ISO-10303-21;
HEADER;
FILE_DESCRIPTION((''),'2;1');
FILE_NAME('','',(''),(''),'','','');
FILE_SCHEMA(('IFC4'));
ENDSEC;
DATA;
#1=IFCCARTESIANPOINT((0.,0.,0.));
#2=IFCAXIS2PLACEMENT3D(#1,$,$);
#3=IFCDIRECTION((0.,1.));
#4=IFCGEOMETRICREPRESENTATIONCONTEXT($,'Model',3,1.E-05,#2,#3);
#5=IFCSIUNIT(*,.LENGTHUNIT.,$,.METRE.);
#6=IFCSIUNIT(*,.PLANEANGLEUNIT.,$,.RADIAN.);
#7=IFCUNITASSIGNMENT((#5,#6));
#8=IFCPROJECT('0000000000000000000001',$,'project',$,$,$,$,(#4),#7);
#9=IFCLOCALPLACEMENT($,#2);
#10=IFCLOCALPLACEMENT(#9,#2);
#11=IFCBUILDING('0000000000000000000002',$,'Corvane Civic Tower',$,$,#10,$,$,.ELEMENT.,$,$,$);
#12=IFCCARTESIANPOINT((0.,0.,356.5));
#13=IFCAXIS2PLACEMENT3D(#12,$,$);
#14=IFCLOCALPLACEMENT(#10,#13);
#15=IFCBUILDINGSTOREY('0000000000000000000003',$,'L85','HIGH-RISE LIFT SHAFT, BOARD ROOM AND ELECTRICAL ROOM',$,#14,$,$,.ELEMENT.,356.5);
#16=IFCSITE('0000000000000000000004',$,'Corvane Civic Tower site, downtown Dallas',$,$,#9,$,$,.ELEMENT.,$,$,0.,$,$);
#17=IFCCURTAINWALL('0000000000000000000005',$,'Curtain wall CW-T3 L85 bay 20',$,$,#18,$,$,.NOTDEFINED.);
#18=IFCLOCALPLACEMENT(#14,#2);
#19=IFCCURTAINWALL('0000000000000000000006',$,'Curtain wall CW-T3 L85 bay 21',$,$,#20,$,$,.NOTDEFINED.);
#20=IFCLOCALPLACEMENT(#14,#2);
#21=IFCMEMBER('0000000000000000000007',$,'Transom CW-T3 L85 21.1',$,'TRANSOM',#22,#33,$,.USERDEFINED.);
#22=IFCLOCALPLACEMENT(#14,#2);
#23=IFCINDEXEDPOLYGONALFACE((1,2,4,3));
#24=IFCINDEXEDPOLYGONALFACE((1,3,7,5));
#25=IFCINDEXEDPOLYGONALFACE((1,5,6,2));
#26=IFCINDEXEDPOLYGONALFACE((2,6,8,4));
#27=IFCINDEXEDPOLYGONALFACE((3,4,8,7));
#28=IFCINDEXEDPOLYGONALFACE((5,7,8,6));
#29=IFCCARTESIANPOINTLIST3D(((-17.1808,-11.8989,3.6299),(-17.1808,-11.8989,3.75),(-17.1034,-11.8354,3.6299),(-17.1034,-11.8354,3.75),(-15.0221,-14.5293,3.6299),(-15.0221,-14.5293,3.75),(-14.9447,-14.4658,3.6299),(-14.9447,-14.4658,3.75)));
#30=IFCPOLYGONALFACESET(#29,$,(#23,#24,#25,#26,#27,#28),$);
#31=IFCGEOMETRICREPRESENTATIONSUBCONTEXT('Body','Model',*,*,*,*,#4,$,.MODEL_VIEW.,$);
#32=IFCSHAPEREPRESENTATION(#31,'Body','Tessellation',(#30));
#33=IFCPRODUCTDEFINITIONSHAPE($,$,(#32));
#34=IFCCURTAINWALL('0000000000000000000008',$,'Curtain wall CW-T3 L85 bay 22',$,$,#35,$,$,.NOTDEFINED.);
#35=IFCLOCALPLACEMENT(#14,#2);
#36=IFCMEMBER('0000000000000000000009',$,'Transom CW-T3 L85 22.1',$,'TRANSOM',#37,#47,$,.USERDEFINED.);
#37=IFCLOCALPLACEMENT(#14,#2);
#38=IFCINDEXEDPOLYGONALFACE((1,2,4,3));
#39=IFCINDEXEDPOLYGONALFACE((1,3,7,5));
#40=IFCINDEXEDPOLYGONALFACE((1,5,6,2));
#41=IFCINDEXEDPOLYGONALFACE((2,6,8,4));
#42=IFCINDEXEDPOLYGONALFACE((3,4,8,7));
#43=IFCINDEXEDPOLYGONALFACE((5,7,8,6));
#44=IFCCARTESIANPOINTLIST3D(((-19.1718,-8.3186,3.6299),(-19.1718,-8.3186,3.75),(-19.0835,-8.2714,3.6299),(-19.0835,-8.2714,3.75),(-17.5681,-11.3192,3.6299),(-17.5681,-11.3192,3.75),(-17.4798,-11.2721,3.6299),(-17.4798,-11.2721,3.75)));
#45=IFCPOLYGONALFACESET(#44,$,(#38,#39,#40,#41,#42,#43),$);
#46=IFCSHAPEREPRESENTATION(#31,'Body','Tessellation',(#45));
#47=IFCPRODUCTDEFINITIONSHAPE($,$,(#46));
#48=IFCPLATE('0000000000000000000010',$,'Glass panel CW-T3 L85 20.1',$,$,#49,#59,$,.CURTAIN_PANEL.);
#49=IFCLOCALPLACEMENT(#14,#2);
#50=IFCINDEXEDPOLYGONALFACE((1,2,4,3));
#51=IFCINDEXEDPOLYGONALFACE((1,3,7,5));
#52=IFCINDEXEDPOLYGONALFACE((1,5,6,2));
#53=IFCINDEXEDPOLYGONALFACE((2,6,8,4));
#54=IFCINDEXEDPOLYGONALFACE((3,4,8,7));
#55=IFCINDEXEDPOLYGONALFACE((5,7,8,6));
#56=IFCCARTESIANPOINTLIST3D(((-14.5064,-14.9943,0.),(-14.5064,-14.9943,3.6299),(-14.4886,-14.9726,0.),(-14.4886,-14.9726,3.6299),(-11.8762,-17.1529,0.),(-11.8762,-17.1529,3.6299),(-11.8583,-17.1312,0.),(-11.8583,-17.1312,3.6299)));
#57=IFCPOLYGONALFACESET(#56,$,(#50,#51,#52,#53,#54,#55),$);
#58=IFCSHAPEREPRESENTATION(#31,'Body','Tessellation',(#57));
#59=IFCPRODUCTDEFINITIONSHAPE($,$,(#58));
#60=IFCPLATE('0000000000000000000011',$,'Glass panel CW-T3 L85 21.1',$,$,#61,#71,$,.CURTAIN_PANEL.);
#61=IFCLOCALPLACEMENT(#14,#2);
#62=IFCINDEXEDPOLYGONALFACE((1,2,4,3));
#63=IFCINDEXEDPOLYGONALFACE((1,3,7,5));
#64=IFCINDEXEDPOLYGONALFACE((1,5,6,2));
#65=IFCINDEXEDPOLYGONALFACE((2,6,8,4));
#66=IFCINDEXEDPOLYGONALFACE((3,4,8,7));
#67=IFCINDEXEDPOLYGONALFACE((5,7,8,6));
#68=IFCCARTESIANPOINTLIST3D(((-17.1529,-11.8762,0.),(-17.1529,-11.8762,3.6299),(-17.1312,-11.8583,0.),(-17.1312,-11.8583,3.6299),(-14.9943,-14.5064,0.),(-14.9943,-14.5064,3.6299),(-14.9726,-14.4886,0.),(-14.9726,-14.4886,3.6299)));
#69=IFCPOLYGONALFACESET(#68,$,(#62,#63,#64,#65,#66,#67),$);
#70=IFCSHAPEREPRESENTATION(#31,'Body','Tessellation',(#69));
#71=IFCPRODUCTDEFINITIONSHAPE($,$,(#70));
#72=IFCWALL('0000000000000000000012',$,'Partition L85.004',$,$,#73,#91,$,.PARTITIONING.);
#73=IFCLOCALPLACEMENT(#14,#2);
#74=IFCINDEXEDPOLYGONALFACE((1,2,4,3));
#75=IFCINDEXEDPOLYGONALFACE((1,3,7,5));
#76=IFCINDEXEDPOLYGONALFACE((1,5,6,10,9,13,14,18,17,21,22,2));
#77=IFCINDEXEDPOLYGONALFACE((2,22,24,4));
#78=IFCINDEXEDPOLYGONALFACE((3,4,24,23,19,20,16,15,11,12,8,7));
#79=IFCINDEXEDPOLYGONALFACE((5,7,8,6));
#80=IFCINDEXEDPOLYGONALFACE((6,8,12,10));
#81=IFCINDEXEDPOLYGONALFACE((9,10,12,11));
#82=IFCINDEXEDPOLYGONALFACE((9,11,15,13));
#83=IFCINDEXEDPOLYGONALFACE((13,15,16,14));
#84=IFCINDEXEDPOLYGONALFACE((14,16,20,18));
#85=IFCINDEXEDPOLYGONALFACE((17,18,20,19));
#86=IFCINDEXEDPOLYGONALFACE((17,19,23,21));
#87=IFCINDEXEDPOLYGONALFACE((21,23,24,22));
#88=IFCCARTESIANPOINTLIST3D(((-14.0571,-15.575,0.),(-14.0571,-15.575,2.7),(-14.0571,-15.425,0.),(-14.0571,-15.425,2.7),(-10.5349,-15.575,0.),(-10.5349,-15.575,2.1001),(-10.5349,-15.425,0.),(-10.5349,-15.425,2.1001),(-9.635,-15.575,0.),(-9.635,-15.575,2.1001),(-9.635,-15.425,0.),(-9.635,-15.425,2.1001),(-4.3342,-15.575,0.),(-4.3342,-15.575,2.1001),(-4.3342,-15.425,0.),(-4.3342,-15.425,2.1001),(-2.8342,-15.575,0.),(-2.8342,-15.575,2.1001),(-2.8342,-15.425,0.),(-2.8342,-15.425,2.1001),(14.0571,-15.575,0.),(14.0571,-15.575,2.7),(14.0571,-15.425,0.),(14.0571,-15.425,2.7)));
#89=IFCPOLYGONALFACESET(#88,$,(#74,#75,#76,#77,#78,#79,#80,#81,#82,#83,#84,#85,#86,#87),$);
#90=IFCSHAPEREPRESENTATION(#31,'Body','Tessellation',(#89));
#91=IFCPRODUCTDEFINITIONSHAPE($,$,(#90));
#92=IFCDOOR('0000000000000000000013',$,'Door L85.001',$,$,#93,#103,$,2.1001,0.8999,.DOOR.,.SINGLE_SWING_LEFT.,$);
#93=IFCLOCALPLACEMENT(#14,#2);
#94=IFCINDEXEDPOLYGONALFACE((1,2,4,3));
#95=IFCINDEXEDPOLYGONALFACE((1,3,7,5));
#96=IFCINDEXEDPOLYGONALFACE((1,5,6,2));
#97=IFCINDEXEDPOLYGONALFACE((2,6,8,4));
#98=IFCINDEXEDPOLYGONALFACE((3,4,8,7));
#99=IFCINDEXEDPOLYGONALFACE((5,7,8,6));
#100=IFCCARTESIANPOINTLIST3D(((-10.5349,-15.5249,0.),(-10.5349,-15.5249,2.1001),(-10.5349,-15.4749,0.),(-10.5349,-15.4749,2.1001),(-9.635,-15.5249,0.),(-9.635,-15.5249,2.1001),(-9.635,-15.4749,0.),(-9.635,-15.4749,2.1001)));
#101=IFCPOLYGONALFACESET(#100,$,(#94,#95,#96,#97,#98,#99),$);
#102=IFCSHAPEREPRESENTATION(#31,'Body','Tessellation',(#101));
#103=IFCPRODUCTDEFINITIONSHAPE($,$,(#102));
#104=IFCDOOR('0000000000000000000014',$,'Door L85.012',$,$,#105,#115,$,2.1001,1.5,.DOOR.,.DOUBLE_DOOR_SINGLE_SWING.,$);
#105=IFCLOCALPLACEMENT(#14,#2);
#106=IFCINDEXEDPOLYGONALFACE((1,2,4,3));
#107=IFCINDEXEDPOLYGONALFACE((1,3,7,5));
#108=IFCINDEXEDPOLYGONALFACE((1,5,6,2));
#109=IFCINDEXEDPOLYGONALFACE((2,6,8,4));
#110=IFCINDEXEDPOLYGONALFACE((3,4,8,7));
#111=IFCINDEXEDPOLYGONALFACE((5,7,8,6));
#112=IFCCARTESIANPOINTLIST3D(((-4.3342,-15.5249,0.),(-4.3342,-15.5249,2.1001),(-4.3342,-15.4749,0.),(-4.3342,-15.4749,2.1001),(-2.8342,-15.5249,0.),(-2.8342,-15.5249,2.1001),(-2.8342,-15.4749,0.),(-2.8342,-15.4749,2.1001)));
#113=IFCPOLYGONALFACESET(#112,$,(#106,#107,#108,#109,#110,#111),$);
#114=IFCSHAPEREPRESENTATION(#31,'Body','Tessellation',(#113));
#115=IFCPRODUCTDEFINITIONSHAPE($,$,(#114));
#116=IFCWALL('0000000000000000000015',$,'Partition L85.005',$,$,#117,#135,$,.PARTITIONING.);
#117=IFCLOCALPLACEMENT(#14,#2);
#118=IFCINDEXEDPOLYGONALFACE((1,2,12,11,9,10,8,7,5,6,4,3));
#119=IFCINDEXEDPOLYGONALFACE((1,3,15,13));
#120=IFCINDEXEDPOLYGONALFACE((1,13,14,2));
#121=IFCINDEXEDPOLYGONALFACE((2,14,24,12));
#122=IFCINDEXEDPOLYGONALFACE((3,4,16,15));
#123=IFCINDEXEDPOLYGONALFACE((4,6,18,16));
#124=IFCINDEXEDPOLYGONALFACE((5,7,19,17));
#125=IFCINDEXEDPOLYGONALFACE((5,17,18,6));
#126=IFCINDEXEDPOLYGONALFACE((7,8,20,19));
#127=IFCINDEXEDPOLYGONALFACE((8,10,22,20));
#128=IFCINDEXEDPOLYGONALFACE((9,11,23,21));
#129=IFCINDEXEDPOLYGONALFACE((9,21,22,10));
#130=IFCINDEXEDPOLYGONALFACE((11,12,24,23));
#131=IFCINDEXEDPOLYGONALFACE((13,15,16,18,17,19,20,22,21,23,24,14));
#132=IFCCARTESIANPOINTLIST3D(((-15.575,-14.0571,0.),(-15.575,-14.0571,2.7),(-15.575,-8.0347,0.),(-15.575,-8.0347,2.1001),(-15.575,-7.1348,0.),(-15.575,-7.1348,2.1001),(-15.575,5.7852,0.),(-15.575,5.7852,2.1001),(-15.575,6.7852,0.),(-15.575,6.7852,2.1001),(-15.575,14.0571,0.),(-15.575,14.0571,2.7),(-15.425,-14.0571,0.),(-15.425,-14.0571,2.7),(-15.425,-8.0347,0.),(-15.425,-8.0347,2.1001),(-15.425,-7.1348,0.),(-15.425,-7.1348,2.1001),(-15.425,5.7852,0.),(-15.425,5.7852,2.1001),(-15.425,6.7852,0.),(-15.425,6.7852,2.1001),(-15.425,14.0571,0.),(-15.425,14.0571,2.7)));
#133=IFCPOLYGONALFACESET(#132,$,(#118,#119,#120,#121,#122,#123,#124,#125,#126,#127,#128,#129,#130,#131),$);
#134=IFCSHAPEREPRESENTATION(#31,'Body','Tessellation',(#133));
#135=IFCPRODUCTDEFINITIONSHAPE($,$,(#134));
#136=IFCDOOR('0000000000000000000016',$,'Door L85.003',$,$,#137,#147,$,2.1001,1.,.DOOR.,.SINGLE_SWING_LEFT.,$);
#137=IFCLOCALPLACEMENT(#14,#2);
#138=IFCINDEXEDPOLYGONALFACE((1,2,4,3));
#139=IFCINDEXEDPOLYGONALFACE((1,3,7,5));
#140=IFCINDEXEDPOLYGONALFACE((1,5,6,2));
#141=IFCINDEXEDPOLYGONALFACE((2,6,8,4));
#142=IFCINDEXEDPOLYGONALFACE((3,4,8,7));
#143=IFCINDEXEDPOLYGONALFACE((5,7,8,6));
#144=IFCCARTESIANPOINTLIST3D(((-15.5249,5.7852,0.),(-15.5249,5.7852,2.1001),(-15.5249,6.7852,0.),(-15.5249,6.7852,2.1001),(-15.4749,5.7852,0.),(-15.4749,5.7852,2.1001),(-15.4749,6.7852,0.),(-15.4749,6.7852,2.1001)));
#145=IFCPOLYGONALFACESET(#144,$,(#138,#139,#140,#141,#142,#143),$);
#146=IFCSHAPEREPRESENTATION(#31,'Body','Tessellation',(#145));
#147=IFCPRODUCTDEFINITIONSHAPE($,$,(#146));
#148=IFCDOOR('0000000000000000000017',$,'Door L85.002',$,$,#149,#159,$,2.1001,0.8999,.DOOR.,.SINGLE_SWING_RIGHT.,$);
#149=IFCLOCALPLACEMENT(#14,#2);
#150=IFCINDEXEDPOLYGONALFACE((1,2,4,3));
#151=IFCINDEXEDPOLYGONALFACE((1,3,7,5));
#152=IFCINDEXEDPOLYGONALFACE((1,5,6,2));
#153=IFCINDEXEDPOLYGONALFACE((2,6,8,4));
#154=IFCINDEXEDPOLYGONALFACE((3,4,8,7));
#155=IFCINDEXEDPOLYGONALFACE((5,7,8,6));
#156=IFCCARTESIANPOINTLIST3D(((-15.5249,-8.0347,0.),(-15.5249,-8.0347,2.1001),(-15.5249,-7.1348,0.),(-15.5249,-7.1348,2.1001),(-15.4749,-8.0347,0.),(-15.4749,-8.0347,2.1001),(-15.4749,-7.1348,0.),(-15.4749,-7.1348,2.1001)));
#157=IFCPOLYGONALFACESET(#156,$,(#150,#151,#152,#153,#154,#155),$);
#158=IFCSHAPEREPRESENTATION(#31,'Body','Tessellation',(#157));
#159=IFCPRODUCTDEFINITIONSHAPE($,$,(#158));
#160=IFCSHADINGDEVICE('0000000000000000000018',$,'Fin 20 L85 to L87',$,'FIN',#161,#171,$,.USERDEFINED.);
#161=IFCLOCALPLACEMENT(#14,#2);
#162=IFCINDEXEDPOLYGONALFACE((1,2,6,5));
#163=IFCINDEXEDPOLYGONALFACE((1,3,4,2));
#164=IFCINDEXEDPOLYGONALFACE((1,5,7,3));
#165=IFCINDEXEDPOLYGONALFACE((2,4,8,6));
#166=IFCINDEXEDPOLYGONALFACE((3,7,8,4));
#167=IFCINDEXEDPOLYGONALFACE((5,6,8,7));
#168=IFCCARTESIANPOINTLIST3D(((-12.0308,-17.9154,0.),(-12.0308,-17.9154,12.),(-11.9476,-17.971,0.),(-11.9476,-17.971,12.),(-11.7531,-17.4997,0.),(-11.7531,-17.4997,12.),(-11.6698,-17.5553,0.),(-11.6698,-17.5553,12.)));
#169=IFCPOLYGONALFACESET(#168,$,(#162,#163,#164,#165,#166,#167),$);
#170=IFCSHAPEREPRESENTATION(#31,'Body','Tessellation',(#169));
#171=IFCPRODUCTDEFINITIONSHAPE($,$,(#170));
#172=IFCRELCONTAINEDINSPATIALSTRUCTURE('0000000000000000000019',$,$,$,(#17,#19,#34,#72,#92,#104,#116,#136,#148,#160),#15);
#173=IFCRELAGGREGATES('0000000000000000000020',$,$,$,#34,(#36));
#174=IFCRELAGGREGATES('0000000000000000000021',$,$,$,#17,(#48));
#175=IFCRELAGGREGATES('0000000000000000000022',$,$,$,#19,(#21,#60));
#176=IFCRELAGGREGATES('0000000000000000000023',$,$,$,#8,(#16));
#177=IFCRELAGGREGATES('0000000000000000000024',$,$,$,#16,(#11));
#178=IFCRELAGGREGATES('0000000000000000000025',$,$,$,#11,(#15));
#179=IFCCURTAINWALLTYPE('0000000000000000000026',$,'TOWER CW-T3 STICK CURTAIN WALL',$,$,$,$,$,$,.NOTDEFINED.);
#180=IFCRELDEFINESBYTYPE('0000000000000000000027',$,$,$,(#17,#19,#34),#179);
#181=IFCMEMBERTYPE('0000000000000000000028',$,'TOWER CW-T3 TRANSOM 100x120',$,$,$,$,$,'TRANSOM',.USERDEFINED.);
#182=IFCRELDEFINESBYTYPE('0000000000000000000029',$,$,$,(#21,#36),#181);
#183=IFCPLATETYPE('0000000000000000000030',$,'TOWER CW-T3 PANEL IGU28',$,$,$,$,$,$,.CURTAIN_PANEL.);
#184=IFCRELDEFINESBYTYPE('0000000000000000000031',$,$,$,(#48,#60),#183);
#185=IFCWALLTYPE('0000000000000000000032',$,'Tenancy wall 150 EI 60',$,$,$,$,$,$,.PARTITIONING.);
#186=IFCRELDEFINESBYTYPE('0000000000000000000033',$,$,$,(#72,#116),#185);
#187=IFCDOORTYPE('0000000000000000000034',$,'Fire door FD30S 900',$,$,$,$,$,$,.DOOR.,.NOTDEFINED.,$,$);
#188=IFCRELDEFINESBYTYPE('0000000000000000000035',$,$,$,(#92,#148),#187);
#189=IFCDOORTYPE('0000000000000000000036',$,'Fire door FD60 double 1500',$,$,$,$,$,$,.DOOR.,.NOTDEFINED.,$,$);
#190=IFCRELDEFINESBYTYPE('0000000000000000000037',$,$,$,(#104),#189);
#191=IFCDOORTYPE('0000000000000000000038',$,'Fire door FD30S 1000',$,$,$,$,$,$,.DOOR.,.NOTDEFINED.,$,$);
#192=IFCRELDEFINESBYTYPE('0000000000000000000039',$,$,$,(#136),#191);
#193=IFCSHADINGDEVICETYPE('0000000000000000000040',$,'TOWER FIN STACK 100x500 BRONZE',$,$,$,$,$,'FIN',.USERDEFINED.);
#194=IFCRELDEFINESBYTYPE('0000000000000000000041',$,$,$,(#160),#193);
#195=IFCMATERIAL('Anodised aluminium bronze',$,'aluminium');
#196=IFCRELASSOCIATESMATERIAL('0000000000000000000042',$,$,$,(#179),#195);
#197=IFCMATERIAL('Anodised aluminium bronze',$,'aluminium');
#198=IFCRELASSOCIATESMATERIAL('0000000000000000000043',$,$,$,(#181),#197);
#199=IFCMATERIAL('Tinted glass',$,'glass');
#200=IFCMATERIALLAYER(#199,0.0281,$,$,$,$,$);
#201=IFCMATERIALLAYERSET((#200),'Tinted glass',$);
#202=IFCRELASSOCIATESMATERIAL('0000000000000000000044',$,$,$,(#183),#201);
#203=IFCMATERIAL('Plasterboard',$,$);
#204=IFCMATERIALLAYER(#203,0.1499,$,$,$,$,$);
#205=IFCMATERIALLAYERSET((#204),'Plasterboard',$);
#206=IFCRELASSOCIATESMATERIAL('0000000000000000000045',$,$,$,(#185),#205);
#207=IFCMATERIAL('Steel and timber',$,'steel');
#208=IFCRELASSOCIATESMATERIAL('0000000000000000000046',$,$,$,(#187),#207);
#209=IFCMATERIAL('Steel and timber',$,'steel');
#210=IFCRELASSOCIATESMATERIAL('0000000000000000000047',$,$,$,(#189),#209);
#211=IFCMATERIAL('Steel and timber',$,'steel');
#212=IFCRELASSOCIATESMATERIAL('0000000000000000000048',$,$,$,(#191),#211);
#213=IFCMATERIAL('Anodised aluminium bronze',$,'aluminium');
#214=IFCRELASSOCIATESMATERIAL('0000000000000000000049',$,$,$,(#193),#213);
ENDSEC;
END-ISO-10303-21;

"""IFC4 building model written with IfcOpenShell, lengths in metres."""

from ifc_helpers import new_model, si_unit, direction, frame, frame_2d, origin, origin_2d, place, context, subcontext, project, spatial, rectangle, extrude, material, layer, layer_set, material_profile, profile_set, type_object, element, fill, aggregate, save


model = new_model("IFC4")

# Units and contexts
model_context = context("Model", 3, precision=1e-05, world=origin(), true_north=direction((0.0, 1.0)))
body_context = subcontext(model_context, "Body", "Model", "MODEL_VIEW")
ifc_project = project(units=[si_unit("LENGTHUNIT", "METRE"), si_unit("PLANEANGLEUNIT", "RADIAN")], contexts=[model_context])

# Site, building, storey
site_placement = place(None, origin())
site = spatial("IfcSite", under=ifc_project, at=site_placement, Name="Corvane Civic Tower site, downtown Dallas", CompositionType="ELEMENT", RefElevation=0.0)
building_placement = place(site_placement, origin())
building = spatial("IfcBuilding", under=site, at=building_placement, Name="Corvane Civic Tower", CompositionType="ELEMENT")
storey_placement = place(building_placement, frame((0.0, 0.0, 356.5)))
storey = spatial("IfcBuildingStorey", under=building, at=storey_placement, Name="L85", Description="HIGH-RISE LIFT SHAFT, BOARD ROOM AND ELECTRICAL ROOM", CompositionType="ELEMENT", Elevation=356.5)

# Curtain walls, members
ifc_material_1 = material(Name="Anodised aluminium bronze", Category="aluminium")
curtain_wall_type = type_object("IfcCurtainWallType", Name="TOWER CW-T3 STICK CURTAIN WALL", PredefinedType="NOTDEFINED", material=ifc_material_1)
curtain_wall_1_placement = place(storey_placement, origin())
curtain_wall_1 = element("IfcCurtainWall", 1, at=curtain_wall_1_placement, inside=storey, type_object=curtain_wall_type, Name="Curtain wall CW-T3 L85 bay 20", PredefinedType="NOTDEFINED")
ifc_material_2 = material(Name="Anodised aluminium bronze", Category="aluminium")
ifc_material_profile_1 = material_profile(ifc_material_2, rectangle(XDim=0.1001, YDim=0.1201, at=origin_2d()), Name="TOWER CW-T3 TRANSOM 100x120")
ifc_profile_set_1 = profile_set([ifc_material_profile_1], Name="Anodised aluminium bronze")
member_type = type_object("IfcMemberType", Name="TOWER CW-T3 TRANSOM 100x120", ElementType="TRANSOM", PredefinedType="USERDEFINED", material=ifc_profile_set_1)
curtain_wall_2_placement = place(storey_placement, origin())
curtain_wall_2 = element("IfcCurtainWall", 2, at=curtain_wall_2_placement, inside=storey, type_object=curtain_wall_type, Name="Curtain wall CW-T3 L85 bay 21", PredefinedType="NOTDEFINED")
member_1_placement = place(storey_placement, frame((-14.9834, -14.4976, 3.6899), z_axis=(-0.634394, 0.77301, 0.0), x_axis=(-0.77301, -0.634394, 0.0)))
member_1 = element("IfcMember", 3, at=member_1_placement, type_object=member_type, Name="Transom CW-T3 L85 21.1", ObjectType="TRANSOM", PredefinedType="USERDEFINED", context=body_context, shape_type="SweptSolid", body=[
    extrude(rectangle(XDim=0.1001, YDim=0.1201, at=origin_2d()), origin(), (0.0, 0.0, 1.0), 3.4028),
])
curtain_wall_3_placement = place(storey_placement, origin())
curtain_wall_3 = element("IfcCurtainWall", 4, at=curtain_wall_3_placement, inside=storey, type_object=curtain_wall_type, Name="Curtain wall CW-T3 L85 bay 22", PredefinedType="NOTDEFINED")
member_2_placement = place(storey_placement, frame((-17.5239, -11.2957, 3.6899), z_axis=(-0.471359, 0.881941, 0.0), x_axis=(-0.881941, -0.471359, 0.0)))
member_2 = element("IfcMember", 5, at=member_2_placement, type_object=member_type, Name="Transom CW-T3 L85 22.1", ObjectType="TRANSOM", PredefinedType="USERDEFINED", context=body_context, shape_type="SweptSolid", body=[
    extrude(rectangle(XDim=0.1001, YDim=0.1201, at=origin_2d()), origin(), (0.0, 0.0, 1.0), 3.4023),
])
aggregate(curtain_wall_3, [member_2])

# Plates
ifc_material_3 = material(Name="Tinted glass", Category="glass")
ifc_layer_1 = layer(ifc_material_3, 0.0281)
ifc_layer_set_1 = layer_set([ifc_layer_1], Name="Tinted glass")
plate_type = type_object("IfcPlateType", Name="TOWER CW-T3 PANEL IGU28", PredefinedType="CURTAIN_PANEL", material=ifc_layer_set_1)
plate_1_placement = place(storey_placement, frame((-13.1824, -16.0627, 0.0), z_axis=(0.0, 0.0, 1.0), x_axis=(-0.77301, 0.634393, 0.0)))
plate_1 = element("IfcPlate", 6, at=plate_1_placement, type_object=plate_type, Name="Glass panel CW-T3 L85 20.1", PredefinedType="CURTAIN_PANEL", context=body_context, shape_type="SweptSolid", body=[
    extrude(rectangle(XDim=3.4026, YDim=0.0281, at=origin_2d()), origin(), (0.0, 0.0, 1.0), 3.6299),
])
aggregate(curtain_wall_1, [plate_1])
plate_2_placement = place(storey_placement, frame((-16.0627, -13.1824, 0.0), z_axis=(0.0, 0.0, 1.0), x_axis=(-0.634393, 0.77301, 0.0)))
plate_2 = element("IfcPlate", 7, at=plate_2_placement, type_object=plate_type, Name="Glass panel CW-T3 L85 21.1", PredefinedType="CURTAIN_PANEL", context=body_context, shape_type="SweptSolid", body=[
    extrude(rectangle(XDim=3.4026, YDim=0.0281, at=origin_2d()), origin(), (0.0, 0.0, 1.0), 3.6299),
])
aggregate(curtain_wall_2, [member_1, plate_2])

# Walls, openings, doors
ifc_material_4 = material(Name="Plasterboard")
ifc_layer_2 = layer(ifc_material_4, 0.1499)
ifc_layer_set_2 = layer_set([ifc_layer_2], Name="Plasterboard")
wall_type = type_object("IfcWallType", Name="Tenancy wall 150 EI 60", PredefinedType="PARTITIONING", material=ifc_layer_set_2)
wall_1_placement = place(storey_placement, frame((-14.0571, -15.5, 0.0), z_axis=(0.0, 0.0, 1.0), x_axis=(1.0, 0.0, 0.0)))
wall_1 = element("IfcWall", 8, at=wall_1_placement, inside=storey, type_object=wall_type, Name="Partition L85.004", PredefinedType="PARTITIONING", context=body_context, shape_type="SweptSolid", body=[
    extrude(rectangle(XDim=28.1143, YDim=0.1499, at=frame_2d((14.0571, 0.0))), origin(), (0.0, 0.0, 1.0), 2.7),
])
opening_1_placement = place(wall_1_placement, frame((3.5222, 0.0, 0.0)))
opening_1 = element("IfcOpeningElement", 9, at=opening_1_placement, cuts=wall_1, PredefinedType="OPENING", context=body_context, shape_type="SweptSolid", body=[
    extrude(rectangle(XDim=0.8999, YDim=2.1001, at=frame_2d((0.45, 1.05))), frame((0.0, 0.085, 0.0), z_axis=(0.0, -1.0, 0.0), x_axis=(1.0, 0.0, 0.0)), (0.0, 0.0, 1.0), 0.1699),
])
opening_2_placement = place(wall_1_placement, frame((9.7229, 0.0, 0.0)))
opening_2 = element("IfcOpeningElement", 10, at=opening_2_placement, cuts=wall_1, PredefinedType="OPENING", context=body_context, shape_type="SweptSolid", body=[
    extrude(rectangle(XDim=1.5, YDim=2.1001, at=frame_2d((0.75, 1.05))), frame((0.0, 0.085, 0.0), z_axis=(0.0, -1.0, 0.0), x_axis=(1.0, 0.0, 0.0)), (0.0, 0.0, 1.0), 0.1699),
])
ifc_material_5 = material(Name="Steel and timber", Category="steel")
door_type_1 = type_object("IfcDoorType", Name="Fire door FD30S 900", OperationType="NOTDEFINED", PredefinedType="DOOR", material=ifc_material_5)
door_1_placement = place(opening_1_placement, frame((0.8999, 0.0, 0.0), z_axis=(0.0, 0.0, 1.0), x_axis=(-1.0, 0.0, 0.0)))
door_1 = element("IfcDoor", 11, at=door_1_placement, inside=storey, type_object=door_type_1, Name="Door L85.001", OperationType="SINGLE_SWING_LEFT", OverallHeight=2.1001, OverallWidth=0.8999, PredefinedType="DOOR", context=body_context, shape_type="SweptSolid", body=[
    extrude(rectangle(XDim=0.8999, YDim=2.1001, at=frame_2d((0.45, 1.05))), frame((0.0, 0.0249, 0.0), z_axis=(0.0, -1.0, 0.0), x_axis=(1.0, 0.0, 0.0)), (0.0, 0.0, 1.0), 0.05),
])
fill(opening_1, door_1)
ifc_material_6 = material(Name="Steel and timber", Category="steel")
door_type_2 = type_object("IfcDoorType", Name="Fire door FD60 double 1500", OperationType="NOTDEFINED", PredefinedType="DOOR", material=ifc_material_6)
door_2_placement = place(opening_2_placement, frame((1.5, 0.0, 0.0), z_axis=(0.0, 0.0, 1.0), x_axis=(-1.0, 0.0, 0.0)))
door_2 = element("IfcDoor", 12, at=door_2_placement, inside=storey, type_object=door_type_2, Name="Door L85.012", OperationType="DOUBLE_DOOR_SINGLE_SWING", OverallHeight=2.1001, OverallWidth=1.5, PredefinedType="DOOR", context=body_context, shape_type="SweptSolid", body=[
    extrude(rectangle(XDim=1.5, YDim=2.1001, at=frame_2d((0.75, 1.05))), frame((0.0, 0.0249, 0.0), z_axis=(0.0, -1.0, 0.0), x_axis=(1.0, 0.0, 0.0)), (0.0, 0.0, 1.0), 0.05),
])
fill(opening_2, door_2)
wall_2_placement = place(storey_placement, frame((-15.5, -14.0571, 0.0), z_axis=(0.0, 0.0, 1.0), x_axis=(0.0, 1.0, 0.0)))
wall_2 = element("IfcWall", 13, at=wall_2_placement, inside=storey, type_object=wall_type, Name="Partition L85.005", PredefinedType="PARTITIONING", context=body_context, shape_type="SweptSolid", body=[
    extrude(rectangle(XDim=28.1143, YDim=0.1499, at=frame_2d((14.0571, 0.0))), origin(), (0.0, 0.0, 1.0), 2.7),
])
opening_3_placement = place(wall_2_placement, frame((6.0225, 0.0, 0.0)))
opening_3 = element("IfcOpeningElement", 14, at=opening_3_placement, cuts=wall_2, PredefinedType="OPENING", context=body_context, shape_type="SweptSolid", body=[
    extrude(rectangle(XDim=0.8999, YDim=2.1001, at=frame_2d((0.45, 1.05))), frame((0.0, 0.085, 0.0), z_axis=(0.0, -1.0, 0.0), x_axis=(1.0, 0.0, 0.0)), (0.0, 0.0, 1.0), 0.1699),
])
opening_4_placement = place(wall_2_placement, frame((19.8423, 0.0, 0.0)))
opening_4 = element("IfcOpeningElement", 15, at=opening_4_placement, cuts=wall_2, PredefinedType="OPENING", context=body_context, shape_type="SweptSolid", body=[
    extrude(rectangle(XDim=1.0, YDim=2.1001, at=frame_2d((0.5, 1.05))), frame((0.0, 0.085, 0.0), z_axis=(0.0, -1.0, 0.0), x_axis=(1.0, 0.0, 0.0)), (0.0, 0.0, 1.0), 0.1699),
])
ifc_material_7 = material(Name="Steel and timber", Category="steel")
door_type_3 = type_object("IfcDoorType", Name="Fire door FD30S 1000", OperationType="NOTDEFINED", PredefinedType="DOOR", material=ifc_material_7)
door_3_placement = place(opening_4_placement, origin())
door_3 = element("IfcDoor", 16, at=door_3_placement, inside=storey, type_object=door_type_3, Name="Door L85.003", OperationType="SINGLE_SWING_LEFT", OverallHeight=2.1001, OverallWidth=1.0, PredefinedType="DOOR", context=body_context, shape_type="SweptSolid", body=[
    extrude(rectangle(XDim=1.0, YDim=2.1001, at=frame_2d((0.5, 1.05))), frame((0.0, 0.0249, 0.0), z_axis=(0.0, -1.0, 0.0), x_axis=(1.0, 0.0, 0.0)), (0.0, 0.0, 1.0), 0.05),
])
fill(opening_4, door_3)
door_4_placement = place(opening_3_placement, origin())
door_4 = element("IfcDoor", 17, at=door_4_placement, inside=storey, type_object=door_type_1, Name="Door L85.002", OperationType="SINGLE_SWING_RIGHT", OverallHeight=2.1001, OverallWidth=0.8999, PredefinedType="DOOR", context=body_context, shape_type="SweptSolid", body=[
    extrude(rectangle(XDim=0.8999, YDim=2.1001, at=frame_2d((0.45, 1.05))), frame((0.0, 0.0249, 0.0), z_axis=(0.0, -1.0, 0.0), x_axis=(1.0, 0.0, 0.0)), (0.0, 0.0, 1.0), 0.05),
])
fill(opening_3, door_4)

# Shading device
ifc_material_8 = material(Name="Anodised aluminium bronze", Category="aluminium")
ifc_material_profile_2 = material_profile(ifc_material_8, rectangle(XDim=0.1001, YDim=0.5, at=origin_2d()), Name="TOWER FIN STACK 100x500 BRONZE")
ifc_profile_set_2 = profile_set([ifc_material_profile_2], Name="Anodised aluminium bronze")
shading_device_type = type_object("IfcShadingDeviceType", Name="TOWER FIN STACK 100x500 BRONZE", ElementType="FIN", PredefinedType="USERDEFINED", material=ifc_profile_set_2)
for number, where, z_axis, x_axis, name in (
    (18, (-11.8503, -17.7354, 0.0), (0.0, 0.0, 1.0), (-0.83147, 0.55557, 0.0), "Fin 20 L85 to L87"),
):
    element("IfcShadingDevice", number, at=place(storey_placement, frame(where, z_axis=z_axis, x_axis=x_axis)), inside=storey, type_object=shading_device_type, Name=name, ObjectType="FIN", PredefinedType="USERDEFINED", context=body_context, shape_type="SweptSolid", body=[
        extrude(rectangle(XDim=0.1001, YDim=0.5, at=origin_2d()), origin(), (0.0, 0.0, 1.0), 12.0),
    ])

save(model, "model.ifc")
